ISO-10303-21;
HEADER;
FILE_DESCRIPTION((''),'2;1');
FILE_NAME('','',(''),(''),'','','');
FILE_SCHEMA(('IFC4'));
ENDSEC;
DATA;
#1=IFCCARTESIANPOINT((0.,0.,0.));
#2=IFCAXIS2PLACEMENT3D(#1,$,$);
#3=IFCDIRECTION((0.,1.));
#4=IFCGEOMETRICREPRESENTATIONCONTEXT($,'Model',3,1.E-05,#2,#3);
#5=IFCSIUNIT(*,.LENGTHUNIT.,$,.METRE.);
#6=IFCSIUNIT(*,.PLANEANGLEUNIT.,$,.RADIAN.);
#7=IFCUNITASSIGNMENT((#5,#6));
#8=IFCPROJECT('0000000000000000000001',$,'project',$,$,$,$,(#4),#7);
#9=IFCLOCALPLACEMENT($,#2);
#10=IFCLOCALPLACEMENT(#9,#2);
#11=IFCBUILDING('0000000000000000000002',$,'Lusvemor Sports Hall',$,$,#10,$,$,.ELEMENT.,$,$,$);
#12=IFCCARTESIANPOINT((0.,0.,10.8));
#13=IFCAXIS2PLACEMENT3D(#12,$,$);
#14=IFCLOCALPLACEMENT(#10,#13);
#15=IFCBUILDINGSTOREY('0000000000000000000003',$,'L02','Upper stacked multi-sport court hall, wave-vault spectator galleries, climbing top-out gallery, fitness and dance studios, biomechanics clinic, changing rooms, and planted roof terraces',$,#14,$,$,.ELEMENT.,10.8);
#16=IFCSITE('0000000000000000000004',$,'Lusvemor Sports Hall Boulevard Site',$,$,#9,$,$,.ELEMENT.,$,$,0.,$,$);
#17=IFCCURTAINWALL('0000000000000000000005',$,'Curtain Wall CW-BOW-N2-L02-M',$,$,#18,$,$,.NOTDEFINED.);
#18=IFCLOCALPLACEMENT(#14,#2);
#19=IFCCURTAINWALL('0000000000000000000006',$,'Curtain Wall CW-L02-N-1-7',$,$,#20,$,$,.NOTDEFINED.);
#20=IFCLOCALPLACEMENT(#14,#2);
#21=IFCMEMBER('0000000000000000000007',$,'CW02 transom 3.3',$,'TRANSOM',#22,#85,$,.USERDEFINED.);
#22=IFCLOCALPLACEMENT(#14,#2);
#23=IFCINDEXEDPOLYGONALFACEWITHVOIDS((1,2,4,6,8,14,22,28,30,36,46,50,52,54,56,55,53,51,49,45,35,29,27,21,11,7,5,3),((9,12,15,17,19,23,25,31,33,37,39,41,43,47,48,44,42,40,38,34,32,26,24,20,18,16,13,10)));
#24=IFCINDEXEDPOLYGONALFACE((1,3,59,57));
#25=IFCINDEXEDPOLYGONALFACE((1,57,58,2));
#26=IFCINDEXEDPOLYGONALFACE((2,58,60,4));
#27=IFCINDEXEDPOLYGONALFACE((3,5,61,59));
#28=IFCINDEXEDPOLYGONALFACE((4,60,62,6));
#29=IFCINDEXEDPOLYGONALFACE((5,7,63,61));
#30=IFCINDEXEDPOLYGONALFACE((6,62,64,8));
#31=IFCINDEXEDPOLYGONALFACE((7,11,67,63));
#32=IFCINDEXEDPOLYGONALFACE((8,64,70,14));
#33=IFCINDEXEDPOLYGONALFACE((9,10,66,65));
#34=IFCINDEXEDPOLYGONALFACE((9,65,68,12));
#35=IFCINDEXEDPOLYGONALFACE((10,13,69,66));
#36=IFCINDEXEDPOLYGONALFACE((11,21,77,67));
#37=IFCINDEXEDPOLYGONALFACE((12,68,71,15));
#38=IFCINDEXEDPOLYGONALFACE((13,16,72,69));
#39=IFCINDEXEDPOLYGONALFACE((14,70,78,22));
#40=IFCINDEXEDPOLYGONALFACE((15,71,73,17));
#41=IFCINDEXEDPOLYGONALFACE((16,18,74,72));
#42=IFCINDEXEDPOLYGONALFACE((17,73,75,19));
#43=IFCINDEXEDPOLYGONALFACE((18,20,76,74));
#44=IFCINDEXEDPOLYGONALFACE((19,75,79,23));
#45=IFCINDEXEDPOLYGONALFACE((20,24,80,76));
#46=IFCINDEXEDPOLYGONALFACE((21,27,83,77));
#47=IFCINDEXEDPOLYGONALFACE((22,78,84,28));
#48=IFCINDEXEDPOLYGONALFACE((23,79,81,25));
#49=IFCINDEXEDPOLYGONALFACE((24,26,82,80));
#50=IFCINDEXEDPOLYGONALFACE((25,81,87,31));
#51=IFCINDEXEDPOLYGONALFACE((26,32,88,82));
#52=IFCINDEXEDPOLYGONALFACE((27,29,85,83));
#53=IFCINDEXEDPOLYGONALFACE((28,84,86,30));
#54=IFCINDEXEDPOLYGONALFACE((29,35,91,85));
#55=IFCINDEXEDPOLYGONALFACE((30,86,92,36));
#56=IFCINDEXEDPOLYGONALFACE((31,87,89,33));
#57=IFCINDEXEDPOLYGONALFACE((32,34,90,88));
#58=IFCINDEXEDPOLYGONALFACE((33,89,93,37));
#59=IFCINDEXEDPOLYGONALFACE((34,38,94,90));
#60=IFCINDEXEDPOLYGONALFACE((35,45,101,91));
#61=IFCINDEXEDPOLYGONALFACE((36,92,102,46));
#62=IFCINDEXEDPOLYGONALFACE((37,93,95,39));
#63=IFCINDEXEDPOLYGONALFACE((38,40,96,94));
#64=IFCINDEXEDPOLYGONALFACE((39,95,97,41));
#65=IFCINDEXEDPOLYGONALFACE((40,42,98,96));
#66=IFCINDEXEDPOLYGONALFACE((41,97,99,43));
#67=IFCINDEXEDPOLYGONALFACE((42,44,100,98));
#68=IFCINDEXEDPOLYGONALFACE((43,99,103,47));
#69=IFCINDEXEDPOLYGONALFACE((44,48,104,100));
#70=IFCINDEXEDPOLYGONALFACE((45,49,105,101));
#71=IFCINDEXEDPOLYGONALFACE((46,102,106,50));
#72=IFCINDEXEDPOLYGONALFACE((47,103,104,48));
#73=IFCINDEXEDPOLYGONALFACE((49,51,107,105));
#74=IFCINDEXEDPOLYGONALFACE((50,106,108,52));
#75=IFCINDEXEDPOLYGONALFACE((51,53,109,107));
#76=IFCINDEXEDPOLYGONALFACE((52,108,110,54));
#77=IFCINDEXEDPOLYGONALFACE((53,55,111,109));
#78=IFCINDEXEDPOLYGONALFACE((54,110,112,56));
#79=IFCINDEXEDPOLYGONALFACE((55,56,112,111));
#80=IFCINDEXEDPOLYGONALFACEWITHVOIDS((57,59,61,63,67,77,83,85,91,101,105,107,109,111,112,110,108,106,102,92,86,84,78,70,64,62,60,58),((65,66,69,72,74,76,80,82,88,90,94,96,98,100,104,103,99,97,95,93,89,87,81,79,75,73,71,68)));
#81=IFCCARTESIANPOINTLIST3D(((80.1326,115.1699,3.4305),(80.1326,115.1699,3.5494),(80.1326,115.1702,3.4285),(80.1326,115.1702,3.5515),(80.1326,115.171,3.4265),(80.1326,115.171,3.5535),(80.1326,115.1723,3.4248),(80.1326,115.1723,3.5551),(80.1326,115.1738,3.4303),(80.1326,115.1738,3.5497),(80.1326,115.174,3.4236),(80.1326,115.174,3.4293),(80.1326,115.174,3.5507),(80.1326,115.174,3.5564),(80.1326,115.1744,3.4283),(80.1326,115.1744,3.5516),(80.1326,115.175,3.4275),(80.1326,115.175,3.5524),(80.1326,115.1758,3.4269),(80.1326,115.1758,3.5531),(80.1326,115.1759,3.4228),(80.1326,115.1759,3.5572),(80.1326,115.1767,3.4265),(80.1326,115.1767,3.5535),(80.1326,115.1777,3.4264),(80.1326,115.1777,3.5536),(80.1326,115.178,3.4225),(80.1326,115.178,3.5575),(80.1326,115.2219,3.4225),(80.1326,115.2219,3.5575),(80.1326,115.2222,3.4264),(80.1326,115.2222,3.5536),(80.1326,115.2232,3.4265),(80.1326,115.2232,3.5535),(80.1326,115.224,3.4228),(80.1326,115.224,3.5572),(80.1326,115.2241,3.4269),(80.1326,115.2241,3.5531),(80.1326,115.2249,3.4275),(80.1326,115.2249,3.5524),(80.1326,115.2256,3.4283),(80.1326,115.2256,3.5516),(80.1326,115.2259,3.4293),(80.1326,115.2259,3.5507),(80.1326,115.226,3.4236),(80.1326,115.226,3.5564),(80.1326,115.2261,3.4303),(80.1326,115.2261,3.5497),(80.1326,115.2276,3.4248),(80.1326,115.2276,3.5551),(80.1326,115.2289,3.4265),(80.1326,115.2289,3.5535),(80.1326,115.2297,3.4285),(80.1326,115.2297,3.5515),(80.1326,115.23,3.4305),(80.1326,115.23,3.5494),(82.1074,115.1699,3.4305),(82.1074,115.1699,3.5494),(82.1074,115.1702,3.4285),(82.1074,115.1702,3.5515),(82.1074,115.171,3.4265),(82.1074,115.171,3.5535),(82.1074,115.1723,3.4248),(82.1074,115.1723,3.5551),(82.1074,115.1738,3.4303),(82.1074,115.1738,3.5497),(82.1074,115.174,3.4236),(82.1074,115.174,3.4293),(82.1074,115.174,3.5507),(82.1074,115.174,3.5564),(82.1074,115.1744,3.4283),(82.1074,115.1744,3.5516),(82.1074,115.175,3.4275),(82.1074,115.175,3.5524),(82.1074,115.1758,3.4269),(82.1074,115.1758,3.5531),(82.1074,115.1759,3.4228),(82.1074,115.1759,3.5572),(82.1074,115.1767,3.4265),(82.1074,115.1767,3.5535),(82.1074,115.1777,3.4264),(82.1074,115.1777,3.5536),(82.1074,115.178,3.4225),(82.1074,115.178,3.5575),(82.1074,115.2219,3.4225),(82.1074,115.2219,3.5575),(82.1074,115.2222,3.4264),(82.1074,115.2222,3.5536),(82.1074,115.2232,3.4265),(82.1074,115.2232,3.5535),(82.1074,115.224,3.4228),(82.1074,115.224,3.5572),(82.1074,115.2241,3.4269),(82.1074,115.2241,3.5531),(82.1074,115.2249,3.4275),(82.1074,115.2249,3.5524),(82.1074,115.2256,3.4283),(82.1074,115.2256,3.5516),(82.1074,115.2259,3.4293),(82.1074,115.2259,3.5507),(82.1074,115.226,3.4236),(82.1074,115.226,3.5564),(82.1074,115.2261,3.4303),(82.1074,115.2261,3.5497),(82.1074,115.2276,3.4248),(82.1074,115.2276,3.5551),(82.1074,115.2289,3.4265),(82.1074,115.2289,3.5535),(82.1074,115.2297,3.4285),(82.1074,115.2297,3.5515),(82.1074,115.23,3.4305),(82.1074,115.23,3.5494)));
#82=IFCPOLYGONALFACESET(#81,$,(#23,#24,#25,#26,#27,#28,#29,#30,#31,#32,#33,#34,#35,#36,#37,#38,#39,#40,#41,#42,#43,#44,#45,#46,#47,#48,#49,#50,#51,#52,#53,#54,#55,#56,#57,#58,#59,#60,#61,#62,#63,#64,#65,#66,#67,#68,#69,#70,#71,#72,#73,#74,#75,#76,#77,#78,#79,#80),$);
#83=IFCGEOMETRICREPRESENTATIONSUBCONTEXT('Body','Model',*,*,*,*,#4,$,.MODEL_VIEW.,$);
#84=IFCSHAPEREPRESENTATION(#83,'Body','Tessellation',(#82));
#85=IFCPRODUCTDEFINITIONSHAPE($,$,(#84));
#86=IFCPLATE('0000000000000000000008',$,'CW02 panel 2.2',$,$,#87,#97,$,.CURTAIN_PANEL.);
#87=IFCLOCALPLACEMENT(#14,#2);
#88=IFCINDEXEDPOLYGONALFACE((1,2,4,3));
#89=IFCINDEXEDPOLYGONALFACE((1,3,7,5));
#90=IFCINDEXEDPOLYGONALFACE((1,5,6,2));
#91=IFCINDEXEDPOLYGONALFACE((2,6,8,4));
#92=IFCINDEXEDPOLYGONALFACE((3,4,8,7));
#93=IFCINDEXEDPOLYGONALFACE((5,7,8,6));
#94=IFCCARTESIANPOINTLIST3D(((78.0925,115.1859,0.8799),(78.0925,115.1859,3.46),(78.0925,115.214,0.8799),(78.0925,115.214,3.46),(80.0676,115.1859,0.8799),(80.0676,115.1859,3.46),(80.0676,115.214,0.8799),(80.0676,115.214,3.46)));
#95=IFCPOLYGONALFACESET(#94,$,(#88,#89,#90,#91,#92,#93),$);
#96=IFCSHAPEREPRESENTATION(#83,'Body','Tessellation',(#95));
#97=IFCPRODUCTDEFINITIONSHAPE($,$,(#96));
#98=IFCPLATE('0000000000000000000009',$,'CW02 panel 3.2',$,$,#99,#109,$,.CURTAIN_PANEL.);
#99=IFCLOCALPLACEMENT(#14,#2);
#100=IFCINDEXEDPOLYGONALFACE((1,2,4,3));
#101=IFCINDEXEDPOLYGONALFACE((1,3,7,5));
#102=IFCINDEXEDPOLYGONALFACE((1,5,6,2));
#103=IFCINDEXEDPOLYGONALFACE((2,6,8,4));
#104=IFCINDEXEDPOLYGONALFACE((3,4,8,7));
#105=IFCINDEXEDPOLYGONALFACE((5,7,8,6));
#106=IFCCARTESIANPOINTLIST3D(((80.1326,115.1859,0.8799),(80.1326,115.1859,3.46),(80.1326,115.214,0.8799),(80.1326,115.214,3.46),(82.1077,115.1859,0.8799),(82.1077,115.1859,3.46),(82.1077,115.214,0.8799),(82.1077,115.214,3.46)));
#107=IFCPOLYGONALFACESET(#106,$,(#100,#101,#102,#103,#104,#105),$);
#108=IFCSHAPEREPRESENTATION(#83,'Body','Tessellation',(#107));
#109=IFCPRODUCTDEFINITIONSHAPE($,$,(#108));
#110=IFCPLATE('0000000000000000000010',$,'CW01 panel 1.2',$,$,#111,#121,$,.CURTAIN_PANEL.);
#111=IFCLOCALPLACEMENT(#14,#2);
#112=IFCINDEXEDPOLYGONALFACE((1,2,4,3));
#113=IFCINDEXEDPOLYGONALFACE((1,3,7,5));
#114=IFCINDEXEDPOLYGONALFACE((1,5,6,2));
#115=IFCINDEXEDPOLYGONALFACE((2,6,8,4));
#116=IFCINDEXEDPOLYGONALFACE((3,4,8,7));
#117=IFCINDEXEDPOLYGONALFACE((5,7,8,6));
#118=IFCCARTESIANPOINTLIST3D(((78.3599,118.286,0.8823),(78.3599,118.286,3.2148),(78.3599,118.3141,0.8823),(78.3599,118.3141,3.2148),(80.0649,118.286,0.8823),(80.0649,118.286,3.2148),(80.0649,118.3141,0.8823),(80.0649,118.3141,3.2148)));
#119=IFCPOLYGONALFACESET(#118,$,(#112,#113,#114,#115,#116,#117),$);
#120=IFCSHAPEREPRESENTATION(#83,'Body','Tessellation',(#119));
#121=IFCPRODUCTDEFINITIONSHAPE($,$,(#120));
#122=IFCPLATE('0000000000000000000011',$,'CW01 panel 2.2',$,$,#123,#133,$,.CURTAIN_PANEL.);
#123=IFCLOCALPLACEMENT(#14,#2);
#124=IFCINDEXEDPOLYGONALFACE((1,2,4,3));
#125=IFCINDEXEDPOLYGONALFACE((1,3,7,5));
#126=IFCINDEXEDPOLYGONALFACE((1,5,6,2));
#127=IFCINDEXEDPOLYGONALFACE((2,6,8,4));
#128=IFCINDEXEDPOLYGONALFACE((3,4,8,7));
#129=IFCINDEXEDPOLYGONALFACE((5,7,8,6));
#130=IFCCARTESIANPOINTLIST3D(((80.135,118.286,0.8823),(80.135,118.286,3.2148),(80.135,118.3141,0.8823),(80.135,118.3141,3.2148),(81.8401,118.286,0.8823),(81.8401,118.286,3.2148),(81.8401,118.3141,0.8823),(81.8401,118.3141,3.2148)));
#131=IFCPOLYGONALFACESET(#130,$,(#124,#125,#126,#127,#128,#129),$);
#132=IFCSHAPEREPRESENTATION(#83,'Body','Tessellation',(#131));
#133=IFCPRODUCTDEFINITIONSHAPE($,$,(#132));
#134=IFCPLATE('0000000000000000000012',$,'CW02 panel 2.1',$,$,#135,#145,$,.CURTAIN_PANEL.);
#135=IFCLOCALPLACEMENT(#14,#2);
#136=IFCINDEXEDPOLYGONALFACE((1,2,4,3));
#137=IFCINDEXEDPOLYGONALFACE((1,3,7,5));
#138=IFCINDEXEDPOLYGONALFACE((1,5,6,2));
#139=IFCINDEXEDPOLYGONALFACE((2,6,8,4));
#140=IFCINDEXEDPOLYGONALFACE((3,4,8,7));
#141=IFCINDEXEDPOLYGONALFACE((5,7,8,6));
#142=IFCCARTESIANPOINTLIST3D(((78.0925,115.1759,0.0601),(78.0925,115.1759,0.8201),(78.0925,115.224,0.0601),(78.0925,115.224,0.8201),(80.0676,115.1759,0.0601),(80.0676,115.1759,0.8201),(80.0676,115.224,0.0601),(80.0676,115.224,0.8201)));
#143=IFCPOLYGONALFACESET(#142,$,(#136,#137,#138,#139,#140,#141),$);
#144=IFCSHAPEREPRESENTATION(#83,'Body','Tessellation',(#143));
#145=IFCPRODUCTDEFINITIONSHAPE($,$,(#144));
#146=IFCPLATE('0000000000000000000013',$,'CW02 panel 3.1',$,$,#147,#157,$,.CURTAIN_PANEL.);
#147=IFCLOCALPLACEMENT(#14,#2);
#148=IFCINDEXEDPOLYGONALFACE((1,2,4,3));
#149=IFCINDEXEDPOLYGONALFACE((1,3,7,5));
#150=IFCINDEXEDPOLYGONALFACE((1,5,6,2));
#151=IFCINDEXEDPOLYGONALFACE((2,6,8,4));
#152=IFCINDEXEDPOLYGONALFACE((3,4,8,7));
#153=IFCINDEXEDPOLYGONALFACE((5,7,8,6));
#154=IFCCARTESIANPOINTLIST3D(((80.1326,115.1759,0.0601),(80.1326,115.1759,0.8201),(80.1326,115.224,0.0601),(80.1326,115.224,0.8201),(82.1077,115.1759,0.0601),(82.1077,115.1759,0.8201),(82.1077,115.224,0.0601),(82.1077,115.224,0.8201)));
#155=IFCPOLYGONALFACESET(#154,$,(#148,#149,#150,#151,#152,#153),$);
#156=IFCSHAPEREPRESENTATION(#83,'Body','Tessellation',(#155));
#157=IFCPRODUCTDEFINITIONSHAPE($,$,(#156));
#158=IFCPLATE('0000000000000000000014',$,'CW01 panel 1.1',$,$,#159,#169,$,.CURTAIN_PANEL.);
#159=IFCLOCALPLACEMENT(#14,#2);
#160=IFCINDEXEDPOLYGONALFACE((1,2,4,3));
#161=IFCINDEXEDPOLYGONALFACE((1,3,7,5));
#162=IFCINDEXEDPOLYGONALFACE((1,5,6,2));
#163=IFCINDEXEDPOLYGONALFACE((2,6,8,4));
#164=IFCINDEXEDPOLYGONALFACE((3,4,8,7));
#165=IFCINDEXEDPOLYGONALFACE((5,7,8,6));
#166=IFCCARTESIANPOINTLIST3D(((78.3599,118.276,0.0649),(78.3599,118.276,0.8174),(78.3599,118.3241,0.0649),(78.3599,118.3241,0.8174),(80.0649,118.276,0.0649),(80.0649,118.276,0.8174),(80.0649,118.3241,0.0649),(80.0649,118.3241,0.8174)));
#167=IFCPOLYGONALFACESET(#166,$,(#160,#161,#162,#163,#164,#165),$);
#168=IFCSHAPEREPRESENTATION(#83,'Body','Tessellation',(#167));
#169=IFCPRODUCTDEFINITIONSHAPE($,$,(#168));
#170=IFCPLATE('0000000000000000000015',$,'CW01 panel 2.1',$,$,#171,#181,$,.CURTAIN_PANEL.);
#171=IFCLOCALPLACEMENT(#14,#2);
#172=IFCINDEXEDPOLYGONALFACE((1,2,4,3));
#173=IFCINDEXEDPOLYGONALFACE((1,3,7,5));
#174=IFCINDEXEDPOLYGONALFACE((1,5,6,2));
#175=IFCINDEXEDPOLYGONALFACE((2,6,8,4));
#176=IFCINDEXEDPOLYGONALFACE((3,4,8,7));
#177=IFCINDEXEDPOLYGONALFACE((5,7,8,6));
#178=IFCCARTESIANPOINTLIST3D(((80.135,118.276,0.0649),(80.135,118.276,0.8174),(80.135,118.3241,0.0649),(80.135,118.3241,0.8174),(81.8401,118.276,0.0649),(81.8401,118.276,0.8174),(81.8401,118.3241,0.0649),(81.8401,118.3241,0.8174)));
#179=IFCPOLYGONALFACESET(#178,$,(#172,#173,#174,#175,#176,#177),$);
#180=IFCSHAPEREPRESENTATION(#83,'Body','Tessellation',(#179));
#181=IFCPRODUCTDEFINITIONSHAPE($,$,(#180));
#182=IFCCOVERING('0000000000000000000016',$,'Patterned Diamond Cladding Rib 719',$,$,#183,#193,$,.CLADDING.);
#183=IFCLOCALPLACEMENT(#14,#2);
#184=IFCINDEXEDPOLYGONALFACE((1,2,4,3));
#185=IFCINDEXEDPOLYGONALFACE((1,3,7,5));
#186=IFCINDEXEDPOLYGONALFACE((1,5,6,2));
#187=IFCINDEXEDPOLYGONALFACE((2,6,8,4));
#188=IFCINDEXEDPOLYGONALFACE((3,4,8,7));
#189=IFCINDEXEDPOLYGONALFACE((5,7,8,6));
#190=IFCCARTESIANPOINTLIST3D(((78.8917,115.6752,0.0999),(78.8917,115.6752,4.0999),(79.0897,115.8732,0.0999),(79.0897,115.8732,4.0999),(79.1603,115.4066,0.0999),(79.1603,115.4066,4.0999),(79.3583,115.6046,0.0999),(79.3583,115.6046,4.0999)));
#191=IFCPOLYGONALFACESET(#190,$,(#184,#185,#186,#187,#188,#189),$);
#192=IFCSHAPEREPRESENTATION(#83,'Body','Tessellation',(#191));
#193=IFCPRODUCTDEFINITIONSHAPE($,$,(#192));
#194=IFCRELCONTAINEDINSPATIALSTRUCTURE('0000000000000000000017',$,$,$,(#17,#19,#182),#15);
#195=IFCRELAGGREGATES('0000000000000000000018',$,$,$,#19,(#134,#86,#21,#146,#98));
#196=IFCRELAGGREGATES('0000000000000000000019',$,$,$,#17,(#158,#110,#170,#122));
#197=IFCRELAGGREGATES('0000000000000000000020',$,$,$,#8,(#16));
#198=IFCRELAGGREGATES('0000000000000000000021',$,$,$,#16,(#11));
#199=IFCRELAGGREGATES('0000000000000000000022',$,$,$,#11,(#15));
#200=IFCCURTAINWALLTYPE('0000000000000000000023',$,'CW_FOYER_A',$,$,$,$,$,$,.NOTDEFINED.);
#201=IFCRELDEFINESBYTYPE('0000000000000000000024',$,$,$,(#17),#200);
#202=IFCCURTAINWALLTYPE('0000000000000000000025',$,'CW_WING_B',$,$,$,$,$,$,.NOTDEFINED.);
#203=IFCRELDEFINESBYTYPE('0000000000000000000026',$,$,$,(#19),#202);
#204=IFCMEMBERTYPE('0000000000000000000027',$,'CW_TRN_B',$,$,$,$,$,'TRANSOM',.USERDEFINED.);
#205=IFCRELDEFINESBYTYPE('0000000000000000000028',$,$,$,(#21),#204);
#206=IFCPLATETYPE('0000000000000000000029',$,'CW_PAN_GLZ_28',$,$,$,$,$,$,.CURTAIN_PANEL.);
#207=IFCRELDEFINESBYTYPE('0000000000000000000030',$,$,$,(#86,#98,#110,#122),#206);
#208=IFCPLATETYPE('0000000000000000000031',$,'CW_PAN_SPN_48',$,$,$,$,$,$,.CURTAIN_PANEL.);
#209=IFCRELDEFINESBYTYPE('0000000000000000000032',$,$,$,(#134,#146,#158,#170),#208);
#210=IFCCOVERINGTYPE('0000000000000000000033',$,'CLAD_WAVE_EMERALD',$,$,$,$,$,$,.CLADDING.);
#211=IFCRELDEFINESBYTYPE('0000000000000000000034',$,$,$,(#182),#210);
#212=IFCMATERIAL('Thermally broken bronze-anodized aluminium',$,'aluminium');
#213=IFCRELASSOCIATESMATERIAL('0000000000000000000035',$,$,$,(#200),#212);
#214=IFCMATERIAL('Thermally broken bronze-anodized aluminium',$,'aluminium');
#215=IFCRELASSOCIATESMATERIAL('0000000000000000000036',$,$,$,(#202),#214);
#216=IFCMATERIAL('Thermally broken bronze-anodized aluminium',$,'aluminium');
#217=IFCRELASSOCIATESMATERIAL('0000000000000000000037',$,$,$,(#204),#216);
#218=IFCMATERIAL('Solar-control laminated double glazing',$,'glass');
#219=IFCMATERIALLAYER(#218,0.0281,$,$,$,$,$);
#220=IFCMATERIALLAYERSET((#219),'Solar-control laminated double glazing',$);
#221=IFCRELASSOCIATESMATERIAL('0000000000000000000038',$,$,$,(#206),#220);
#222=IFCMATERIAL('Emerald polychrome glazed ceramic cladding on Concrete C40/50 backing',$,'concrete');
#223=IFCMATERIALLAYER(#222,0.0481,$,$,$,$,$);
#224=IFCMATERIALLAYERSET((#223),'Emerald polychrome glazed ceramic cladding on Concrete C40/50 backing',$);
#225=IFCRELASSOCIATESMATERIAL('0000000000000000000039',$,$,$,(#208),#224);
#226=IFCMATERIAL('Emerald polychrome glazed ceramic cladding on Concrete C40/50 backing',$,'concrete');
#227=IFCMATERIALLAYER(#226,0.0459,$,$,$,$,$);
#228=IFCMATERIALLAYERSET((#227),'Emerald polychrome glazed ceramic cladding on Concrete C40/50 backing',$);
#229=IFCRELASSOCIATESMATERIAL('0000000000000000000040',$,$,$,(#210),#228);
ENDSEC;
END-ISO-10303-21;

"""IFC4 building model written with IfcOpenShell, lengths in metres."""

from ifc_helpers import new_model, si_unit, direction, frame, origin, origin_2d, place, context, subcontext, project, spatial, rectangle, hollow_rectangle, extrude, material, layer, layer_set, material_profile, profile_set, type_object, element, aggregate, save


model = new_model("IFC4")

# Units and contexts
model_context = context("Model", 3, precision=1e-05, world=origin(), true_north=direction((0.0, 1.0)))
body_context = subcontext(model_context, "Body", "Model", "MODEL_VIEW")
ifc_project = project(units=[si_unit("LENGTHUNIT", "METRE"), si_unit("PLANEANGLEUNIT", "RADIAN")], contexts=[model_context])

# Site, building, storey
site_placement = place(None, origin())
site = spatial("IfcSite", under=ifc_project, at=site_placement, Name="Lusvemor Sports Hall Boulevard Site", CompositionType="ELEMENT", RefElevation=0.0)
building_placement = place(site_placement, origin())
building = spatial("IfcBuilding", under=site, at=building_placement, Name="Lusvemor Sports Hall", CompositionType="ELEMENT")
storey_placement = place(building_placement, frame((0.0, 0.0, 10.8)))
storey = spatial("IfcBuildingStorey", under=building, at=storey_placement, Name="L02", Description="Upper stacked multi-sport court hall, wave-vault spectator galleries, climbing top-out gallery, fitness and dance studios, biomechanics clinic, changing rooms, and planted roof terraces", CompositionType="ELEMENT", Elevation=10.8)

# Curtain wall
ifc_material_1 = material(Name="Thermally broken bronze-anodized aluminium", Category="aluminium")
curtain_wall_type_1 = type_object("IfcCurtainWallType", Name="CW_FOYER_A", PredefinedType="NOTDEFINED", material=ifc_material_1)
curtain_wall_1_placement = place(storey_placement, origin())
curtain_wall_1 = element("IfcCurtainWall", 1, at=curtain_wall_1_placement, inside=storey, type_object=curtain_wall_type_1, Name="Curtain Wall CW-BOW-N2-L02-M", PredefinedType="NOTDEFINED")

# Curtain wall
ifc_material_2 = material(Name="Thermally broken bronze-anodized aluminium", Category="aluminium")
curtain_wall_type_2 = type_object("IfcCurtainWallType", Name="CW_WING_B", PredefinedType="NOTDEFINED", material=ifc_material_2)
curtain_wall_2_placement = place(storey_placement, origin())
curtain_wall_2 = element("IfcCurtainWall", 2, at=curtain_wall_2_placement, inside=storey, type_object=curtain_wall_type_2, Name="Curtain Wall CW-L02-N-1-7", PredefinedType="NOTDEFINED")

# Member
ifc_material_3 = material(Name="Thermally broken bronze-anodized aluminium", Category="aluminium")
ifc_material_profile_1 = material_profile(ifc_material_3, hollow_rectangle(XDim=0.0601, YDim=0.135, WallThickness=0.0039, InnerFilletRadius=0.0039, OuterFilletRadius=0.0081, at=origin_2d()), Name="CWTRN135x60x4")
ifc_profile_set_1 = profile_set([ifc_material_profile_1], Name="Thermally broken bronze-anodized aluminium")
member_type_1 = type_object("IfcMemberType", Name="CW_TRN_B", ElementType="TRANSOM", PredefinedType="USERDEFINED", material=ifc_profile_set_1)
member_1_placement = place(storey_placement, frame((80.1326, 115.2, 3.49), z_axis=(1.0, 0.0, 0.0), x_axis=(0.0, 1.0, 0.0)))
member_1 = element("IfcMember", 3, at=member_1_placement, type_object=member_type_1, Name="CW02 transom 3.3", ObjectType="TRANSOM", PredefinedType="USERDEFINED", context=body_context, shape_type="SweptSolid", body=[
    extrude(hollow_rectangle(XDim=0.0601, YDim=0.135, WallThickness=0.0039, InnerFilletRadius=0.0039, OuterFilletRadius=0.0081, at=origin_2d()), origin(), (0.0, 0.0, 1.0), 1.9749),
])

# Plates
ifc_material_4 = material(Name="Solar-control laminated double glazing", Category="glass")
ifc_layer_1 = layer(ifc_material_4, 0.0281)
ifc_layer_set_1 = layer_set([ifc_layer_1], Name="Solar-control laminated double glazing")
plate_type_1 = type_object("IfcPlateType", Name="CW_PAN_GLZ_28", PredefinedType="CURTAIN_PANEL", material=ifc_layer_set_1)
plate_1_placement = place(storey_placement, frame((79.0801, 115.2, 0.8799), z_axis=(0.0, 0.0, 1.0), x_axis=(1.0, 0.0, 0.0)))
plate_1 = element("IfcPlate", 4, at=plate_1_placement, type_object=plate_type_1, Name="CW02 panel 2.2", PredefinedType="CURTAIN_PANEL", context=body_context, shape_type="SweptSolid", body=[
    extrude(rectangle(XDim=1.9751, YDim=0.0281, at=origin_2d()), origin(), (0.0, 0.0, 1.0), 2.5801),
])
plate_2_placement = place(storey_placement, frame((81.1201, 115.2, 0.8799), z_axis=(0.0, 0.0, 1.0), x_axis=(1.0, 0.0, 0.0)))
plate_2 = element("IfcPlate", 5, at=plate_2_placement, type_object=plate_type_1, Name="CW02 panel 3.2", PredefinedType="CURTAIN_PANEL", context=body_context, shape_type="SweptSolid", body=[
    extrude(rectangle(XDim=1.9751, YDim=0.0281, at=origin_2d()), origin(), (0.0, 0.0, 1.0), 2.5801),
])
plate_3_placement = place(storey_placement, frame((79.2124, 118.3, 0.8823), z_axis=(0.0, 0.0, 1.0), x_axis=(1.0, 0.0, 0.0)))
plate_3 = element("IfcPlate", 6, at=plate_3_placement, type_object=plate_type_1, Name="CW01 panel 1.2", PredefinedType="CURTAIN_PANEL", context=body_context, shape_type="SweptSolid", body=[
    extrude(rectangle(XDim=1.7051, YDim=0.0281, at=origin_2d()), origin(), (0.0, 0.0, 1.0), 2.3325),
])
plate_4_placement = place(storey_placement, frame((80.9875, 118.3, 0.8823), z_axis=(0.0, 0.0, 1.0), x_axis=(1.0, 0.0, 0.0)))
plate_4 = element("IfcPlate", 7, at=plate_4_placement, type_object=plate_type_1, Name="CW01 panel 2.2", PredefinedType="CURTAIN_PANEL", context=body_context, shape_type="SweptSolid", body=[
    extrude(rectangle(XDim=1.7051, YDim=0.0281, at=origin_2d()), origin(), (0.0, 0.0, 1.0), 2.3325),
])
ifc_material_5 = material(Name="Emerald polychrome glazed ceramic cladding on Concrete C40/50 backing", Category="concrete")
ifc_layer_2 = layer(ifc_material_5, 0.0481)
ifc_layer_set_2 = layer_set([ifc_layer_2], Name="Emerald polychrome glazed ceramic cladding on Concrete C40/50 backing")
plate_type_2 = type_object("IfcPlateType", Name="CW_PAN_SPN_48", PredefinedType="CURTAIN_PANEL", material=ifc_layer_set_2)
plate_5_placement = place(storey_placement, frame((79.0801, 115.2, 0.0601), z_axis=(0.0, 0.0, 1.0), x_axis=(1.0, 0.0, 0.0)))
plate_5 = element("IfcPlate", 8, at=plate_5_placement, type_object=plate_type_2, Name="CW02 panel 2.1", PredefinedType="CURTAIN_PANEL", context=body_context, shape_type="SweptSolid", body=[
    extrude(rectangle(XDim=1.9751, YDim=0.0481, at=origin_2d()), origin(), (0.0, 0.0, 1.0), 0.76),
])
plate_6_placement = place(storey_placement, frame((81.1201, 115.2, 0.0601), z_axis=(0.0, 0.0, 1.0), x_axis=(1.0, 0.0, 0.0)))
plate_6 = element("IfcPlate", 9, at=plate_6_placement, type_object=plate_type_2, Name="CW02 panel 3.1", PredefinedType="CURTAIN_PANEL", context=body_context, shape_type="SweptSolid", body=[
    extrude(rectangle(XDim=1.9751, YDim=0.0481, at=origin_2d()), origin(), (0.0, 0.0, 1.0), 0.76),
])
aggregate(curtain_wall_2, [plate_5, plate_1, member_1, plate_6, plate_2])
plate_7_placement = place(storey_placement, frame((79.2124, 118.3, 0.0649), z_axis=(0.0, 0.0, 1.0), x_axis=(1.0, 0.0, 0.0)))
plate_7 = element("IfcPlate", 10, at=plate_7_placement, type_object=plate_type_2, Name="CW01 panel 1.1", PredefinedType="CURTAIN_PANEL", context=body_context, shape_type="SweptSolid", body=[
    extrude(rectangle(XDim=1.7051, YDim=0.0481, at=origin_2d()), origin(), (0.0, 0.0, 1.0), 0.7524),
])
plate_8_placement = place(storey_placement, frame((80.9875, 118.3, 0.0649), z_axis=(0.0, 0.0, 1.0), x_axis=(1.0, 0.0, 0.0)))
plate_8 = element("IfcPlate", 11, at=plate_8_placement, type_object=plate_type_2, Name="CW01 panel 2.1", PredefinedType="CURTAIN_PANEL", context=body_context, shape_type="SweptSolid", body=[
    extrude(rectangle(XDim=1.7051, YDim=0.0481, at=origin_2d()), origin(), (0.0, 0.0, 1.0), 0.7524),
])
aggregate(curtain_wall_1, [plate_7, plate_3, plate_8, plate_4])

# Covering
ifc_material_6 = material(Name="Emerald polychrome glazed ceramic cladding on Concrete C40/50 backing", Category="concrete")
ifc_layer_3 = layer(ifc_material_6, 0.0459)
ifc_layer_set_3 = layer_set([ifc_layer_3], Name="Emerald polychrome glazed ceramic cladding on Concrete C40/50 backing")
covering_type_1 = type_object("IfcCoveringType", Name="CLAD_WAVE_EMERALD", PredefinedType="CLADDING", material=ifc_layer_set_3)
covering_1_placement = place(storey_placement, frame((79.125, 115.6399, 0.0999), z_axis=(0.0, 0.0, 1.0), x_axis=(0.707107, 0.707107, 0.0)))
element("IfcCovering", 12, at=covering_1_placement, inside=storey, type_object=covering_type_1, Name="Patterned Diamond Cladding Rib 719", PredefinedType="CLADDING", context=body_context, shape_type="SweptSolid", body=[
    extrude(rectangle(XDim=0.28, YDim=0.3799, at=origin_2d()), origin(), (0.0, 0.0, 1.0), 4.0),
])

save(model, "model.ifc")
